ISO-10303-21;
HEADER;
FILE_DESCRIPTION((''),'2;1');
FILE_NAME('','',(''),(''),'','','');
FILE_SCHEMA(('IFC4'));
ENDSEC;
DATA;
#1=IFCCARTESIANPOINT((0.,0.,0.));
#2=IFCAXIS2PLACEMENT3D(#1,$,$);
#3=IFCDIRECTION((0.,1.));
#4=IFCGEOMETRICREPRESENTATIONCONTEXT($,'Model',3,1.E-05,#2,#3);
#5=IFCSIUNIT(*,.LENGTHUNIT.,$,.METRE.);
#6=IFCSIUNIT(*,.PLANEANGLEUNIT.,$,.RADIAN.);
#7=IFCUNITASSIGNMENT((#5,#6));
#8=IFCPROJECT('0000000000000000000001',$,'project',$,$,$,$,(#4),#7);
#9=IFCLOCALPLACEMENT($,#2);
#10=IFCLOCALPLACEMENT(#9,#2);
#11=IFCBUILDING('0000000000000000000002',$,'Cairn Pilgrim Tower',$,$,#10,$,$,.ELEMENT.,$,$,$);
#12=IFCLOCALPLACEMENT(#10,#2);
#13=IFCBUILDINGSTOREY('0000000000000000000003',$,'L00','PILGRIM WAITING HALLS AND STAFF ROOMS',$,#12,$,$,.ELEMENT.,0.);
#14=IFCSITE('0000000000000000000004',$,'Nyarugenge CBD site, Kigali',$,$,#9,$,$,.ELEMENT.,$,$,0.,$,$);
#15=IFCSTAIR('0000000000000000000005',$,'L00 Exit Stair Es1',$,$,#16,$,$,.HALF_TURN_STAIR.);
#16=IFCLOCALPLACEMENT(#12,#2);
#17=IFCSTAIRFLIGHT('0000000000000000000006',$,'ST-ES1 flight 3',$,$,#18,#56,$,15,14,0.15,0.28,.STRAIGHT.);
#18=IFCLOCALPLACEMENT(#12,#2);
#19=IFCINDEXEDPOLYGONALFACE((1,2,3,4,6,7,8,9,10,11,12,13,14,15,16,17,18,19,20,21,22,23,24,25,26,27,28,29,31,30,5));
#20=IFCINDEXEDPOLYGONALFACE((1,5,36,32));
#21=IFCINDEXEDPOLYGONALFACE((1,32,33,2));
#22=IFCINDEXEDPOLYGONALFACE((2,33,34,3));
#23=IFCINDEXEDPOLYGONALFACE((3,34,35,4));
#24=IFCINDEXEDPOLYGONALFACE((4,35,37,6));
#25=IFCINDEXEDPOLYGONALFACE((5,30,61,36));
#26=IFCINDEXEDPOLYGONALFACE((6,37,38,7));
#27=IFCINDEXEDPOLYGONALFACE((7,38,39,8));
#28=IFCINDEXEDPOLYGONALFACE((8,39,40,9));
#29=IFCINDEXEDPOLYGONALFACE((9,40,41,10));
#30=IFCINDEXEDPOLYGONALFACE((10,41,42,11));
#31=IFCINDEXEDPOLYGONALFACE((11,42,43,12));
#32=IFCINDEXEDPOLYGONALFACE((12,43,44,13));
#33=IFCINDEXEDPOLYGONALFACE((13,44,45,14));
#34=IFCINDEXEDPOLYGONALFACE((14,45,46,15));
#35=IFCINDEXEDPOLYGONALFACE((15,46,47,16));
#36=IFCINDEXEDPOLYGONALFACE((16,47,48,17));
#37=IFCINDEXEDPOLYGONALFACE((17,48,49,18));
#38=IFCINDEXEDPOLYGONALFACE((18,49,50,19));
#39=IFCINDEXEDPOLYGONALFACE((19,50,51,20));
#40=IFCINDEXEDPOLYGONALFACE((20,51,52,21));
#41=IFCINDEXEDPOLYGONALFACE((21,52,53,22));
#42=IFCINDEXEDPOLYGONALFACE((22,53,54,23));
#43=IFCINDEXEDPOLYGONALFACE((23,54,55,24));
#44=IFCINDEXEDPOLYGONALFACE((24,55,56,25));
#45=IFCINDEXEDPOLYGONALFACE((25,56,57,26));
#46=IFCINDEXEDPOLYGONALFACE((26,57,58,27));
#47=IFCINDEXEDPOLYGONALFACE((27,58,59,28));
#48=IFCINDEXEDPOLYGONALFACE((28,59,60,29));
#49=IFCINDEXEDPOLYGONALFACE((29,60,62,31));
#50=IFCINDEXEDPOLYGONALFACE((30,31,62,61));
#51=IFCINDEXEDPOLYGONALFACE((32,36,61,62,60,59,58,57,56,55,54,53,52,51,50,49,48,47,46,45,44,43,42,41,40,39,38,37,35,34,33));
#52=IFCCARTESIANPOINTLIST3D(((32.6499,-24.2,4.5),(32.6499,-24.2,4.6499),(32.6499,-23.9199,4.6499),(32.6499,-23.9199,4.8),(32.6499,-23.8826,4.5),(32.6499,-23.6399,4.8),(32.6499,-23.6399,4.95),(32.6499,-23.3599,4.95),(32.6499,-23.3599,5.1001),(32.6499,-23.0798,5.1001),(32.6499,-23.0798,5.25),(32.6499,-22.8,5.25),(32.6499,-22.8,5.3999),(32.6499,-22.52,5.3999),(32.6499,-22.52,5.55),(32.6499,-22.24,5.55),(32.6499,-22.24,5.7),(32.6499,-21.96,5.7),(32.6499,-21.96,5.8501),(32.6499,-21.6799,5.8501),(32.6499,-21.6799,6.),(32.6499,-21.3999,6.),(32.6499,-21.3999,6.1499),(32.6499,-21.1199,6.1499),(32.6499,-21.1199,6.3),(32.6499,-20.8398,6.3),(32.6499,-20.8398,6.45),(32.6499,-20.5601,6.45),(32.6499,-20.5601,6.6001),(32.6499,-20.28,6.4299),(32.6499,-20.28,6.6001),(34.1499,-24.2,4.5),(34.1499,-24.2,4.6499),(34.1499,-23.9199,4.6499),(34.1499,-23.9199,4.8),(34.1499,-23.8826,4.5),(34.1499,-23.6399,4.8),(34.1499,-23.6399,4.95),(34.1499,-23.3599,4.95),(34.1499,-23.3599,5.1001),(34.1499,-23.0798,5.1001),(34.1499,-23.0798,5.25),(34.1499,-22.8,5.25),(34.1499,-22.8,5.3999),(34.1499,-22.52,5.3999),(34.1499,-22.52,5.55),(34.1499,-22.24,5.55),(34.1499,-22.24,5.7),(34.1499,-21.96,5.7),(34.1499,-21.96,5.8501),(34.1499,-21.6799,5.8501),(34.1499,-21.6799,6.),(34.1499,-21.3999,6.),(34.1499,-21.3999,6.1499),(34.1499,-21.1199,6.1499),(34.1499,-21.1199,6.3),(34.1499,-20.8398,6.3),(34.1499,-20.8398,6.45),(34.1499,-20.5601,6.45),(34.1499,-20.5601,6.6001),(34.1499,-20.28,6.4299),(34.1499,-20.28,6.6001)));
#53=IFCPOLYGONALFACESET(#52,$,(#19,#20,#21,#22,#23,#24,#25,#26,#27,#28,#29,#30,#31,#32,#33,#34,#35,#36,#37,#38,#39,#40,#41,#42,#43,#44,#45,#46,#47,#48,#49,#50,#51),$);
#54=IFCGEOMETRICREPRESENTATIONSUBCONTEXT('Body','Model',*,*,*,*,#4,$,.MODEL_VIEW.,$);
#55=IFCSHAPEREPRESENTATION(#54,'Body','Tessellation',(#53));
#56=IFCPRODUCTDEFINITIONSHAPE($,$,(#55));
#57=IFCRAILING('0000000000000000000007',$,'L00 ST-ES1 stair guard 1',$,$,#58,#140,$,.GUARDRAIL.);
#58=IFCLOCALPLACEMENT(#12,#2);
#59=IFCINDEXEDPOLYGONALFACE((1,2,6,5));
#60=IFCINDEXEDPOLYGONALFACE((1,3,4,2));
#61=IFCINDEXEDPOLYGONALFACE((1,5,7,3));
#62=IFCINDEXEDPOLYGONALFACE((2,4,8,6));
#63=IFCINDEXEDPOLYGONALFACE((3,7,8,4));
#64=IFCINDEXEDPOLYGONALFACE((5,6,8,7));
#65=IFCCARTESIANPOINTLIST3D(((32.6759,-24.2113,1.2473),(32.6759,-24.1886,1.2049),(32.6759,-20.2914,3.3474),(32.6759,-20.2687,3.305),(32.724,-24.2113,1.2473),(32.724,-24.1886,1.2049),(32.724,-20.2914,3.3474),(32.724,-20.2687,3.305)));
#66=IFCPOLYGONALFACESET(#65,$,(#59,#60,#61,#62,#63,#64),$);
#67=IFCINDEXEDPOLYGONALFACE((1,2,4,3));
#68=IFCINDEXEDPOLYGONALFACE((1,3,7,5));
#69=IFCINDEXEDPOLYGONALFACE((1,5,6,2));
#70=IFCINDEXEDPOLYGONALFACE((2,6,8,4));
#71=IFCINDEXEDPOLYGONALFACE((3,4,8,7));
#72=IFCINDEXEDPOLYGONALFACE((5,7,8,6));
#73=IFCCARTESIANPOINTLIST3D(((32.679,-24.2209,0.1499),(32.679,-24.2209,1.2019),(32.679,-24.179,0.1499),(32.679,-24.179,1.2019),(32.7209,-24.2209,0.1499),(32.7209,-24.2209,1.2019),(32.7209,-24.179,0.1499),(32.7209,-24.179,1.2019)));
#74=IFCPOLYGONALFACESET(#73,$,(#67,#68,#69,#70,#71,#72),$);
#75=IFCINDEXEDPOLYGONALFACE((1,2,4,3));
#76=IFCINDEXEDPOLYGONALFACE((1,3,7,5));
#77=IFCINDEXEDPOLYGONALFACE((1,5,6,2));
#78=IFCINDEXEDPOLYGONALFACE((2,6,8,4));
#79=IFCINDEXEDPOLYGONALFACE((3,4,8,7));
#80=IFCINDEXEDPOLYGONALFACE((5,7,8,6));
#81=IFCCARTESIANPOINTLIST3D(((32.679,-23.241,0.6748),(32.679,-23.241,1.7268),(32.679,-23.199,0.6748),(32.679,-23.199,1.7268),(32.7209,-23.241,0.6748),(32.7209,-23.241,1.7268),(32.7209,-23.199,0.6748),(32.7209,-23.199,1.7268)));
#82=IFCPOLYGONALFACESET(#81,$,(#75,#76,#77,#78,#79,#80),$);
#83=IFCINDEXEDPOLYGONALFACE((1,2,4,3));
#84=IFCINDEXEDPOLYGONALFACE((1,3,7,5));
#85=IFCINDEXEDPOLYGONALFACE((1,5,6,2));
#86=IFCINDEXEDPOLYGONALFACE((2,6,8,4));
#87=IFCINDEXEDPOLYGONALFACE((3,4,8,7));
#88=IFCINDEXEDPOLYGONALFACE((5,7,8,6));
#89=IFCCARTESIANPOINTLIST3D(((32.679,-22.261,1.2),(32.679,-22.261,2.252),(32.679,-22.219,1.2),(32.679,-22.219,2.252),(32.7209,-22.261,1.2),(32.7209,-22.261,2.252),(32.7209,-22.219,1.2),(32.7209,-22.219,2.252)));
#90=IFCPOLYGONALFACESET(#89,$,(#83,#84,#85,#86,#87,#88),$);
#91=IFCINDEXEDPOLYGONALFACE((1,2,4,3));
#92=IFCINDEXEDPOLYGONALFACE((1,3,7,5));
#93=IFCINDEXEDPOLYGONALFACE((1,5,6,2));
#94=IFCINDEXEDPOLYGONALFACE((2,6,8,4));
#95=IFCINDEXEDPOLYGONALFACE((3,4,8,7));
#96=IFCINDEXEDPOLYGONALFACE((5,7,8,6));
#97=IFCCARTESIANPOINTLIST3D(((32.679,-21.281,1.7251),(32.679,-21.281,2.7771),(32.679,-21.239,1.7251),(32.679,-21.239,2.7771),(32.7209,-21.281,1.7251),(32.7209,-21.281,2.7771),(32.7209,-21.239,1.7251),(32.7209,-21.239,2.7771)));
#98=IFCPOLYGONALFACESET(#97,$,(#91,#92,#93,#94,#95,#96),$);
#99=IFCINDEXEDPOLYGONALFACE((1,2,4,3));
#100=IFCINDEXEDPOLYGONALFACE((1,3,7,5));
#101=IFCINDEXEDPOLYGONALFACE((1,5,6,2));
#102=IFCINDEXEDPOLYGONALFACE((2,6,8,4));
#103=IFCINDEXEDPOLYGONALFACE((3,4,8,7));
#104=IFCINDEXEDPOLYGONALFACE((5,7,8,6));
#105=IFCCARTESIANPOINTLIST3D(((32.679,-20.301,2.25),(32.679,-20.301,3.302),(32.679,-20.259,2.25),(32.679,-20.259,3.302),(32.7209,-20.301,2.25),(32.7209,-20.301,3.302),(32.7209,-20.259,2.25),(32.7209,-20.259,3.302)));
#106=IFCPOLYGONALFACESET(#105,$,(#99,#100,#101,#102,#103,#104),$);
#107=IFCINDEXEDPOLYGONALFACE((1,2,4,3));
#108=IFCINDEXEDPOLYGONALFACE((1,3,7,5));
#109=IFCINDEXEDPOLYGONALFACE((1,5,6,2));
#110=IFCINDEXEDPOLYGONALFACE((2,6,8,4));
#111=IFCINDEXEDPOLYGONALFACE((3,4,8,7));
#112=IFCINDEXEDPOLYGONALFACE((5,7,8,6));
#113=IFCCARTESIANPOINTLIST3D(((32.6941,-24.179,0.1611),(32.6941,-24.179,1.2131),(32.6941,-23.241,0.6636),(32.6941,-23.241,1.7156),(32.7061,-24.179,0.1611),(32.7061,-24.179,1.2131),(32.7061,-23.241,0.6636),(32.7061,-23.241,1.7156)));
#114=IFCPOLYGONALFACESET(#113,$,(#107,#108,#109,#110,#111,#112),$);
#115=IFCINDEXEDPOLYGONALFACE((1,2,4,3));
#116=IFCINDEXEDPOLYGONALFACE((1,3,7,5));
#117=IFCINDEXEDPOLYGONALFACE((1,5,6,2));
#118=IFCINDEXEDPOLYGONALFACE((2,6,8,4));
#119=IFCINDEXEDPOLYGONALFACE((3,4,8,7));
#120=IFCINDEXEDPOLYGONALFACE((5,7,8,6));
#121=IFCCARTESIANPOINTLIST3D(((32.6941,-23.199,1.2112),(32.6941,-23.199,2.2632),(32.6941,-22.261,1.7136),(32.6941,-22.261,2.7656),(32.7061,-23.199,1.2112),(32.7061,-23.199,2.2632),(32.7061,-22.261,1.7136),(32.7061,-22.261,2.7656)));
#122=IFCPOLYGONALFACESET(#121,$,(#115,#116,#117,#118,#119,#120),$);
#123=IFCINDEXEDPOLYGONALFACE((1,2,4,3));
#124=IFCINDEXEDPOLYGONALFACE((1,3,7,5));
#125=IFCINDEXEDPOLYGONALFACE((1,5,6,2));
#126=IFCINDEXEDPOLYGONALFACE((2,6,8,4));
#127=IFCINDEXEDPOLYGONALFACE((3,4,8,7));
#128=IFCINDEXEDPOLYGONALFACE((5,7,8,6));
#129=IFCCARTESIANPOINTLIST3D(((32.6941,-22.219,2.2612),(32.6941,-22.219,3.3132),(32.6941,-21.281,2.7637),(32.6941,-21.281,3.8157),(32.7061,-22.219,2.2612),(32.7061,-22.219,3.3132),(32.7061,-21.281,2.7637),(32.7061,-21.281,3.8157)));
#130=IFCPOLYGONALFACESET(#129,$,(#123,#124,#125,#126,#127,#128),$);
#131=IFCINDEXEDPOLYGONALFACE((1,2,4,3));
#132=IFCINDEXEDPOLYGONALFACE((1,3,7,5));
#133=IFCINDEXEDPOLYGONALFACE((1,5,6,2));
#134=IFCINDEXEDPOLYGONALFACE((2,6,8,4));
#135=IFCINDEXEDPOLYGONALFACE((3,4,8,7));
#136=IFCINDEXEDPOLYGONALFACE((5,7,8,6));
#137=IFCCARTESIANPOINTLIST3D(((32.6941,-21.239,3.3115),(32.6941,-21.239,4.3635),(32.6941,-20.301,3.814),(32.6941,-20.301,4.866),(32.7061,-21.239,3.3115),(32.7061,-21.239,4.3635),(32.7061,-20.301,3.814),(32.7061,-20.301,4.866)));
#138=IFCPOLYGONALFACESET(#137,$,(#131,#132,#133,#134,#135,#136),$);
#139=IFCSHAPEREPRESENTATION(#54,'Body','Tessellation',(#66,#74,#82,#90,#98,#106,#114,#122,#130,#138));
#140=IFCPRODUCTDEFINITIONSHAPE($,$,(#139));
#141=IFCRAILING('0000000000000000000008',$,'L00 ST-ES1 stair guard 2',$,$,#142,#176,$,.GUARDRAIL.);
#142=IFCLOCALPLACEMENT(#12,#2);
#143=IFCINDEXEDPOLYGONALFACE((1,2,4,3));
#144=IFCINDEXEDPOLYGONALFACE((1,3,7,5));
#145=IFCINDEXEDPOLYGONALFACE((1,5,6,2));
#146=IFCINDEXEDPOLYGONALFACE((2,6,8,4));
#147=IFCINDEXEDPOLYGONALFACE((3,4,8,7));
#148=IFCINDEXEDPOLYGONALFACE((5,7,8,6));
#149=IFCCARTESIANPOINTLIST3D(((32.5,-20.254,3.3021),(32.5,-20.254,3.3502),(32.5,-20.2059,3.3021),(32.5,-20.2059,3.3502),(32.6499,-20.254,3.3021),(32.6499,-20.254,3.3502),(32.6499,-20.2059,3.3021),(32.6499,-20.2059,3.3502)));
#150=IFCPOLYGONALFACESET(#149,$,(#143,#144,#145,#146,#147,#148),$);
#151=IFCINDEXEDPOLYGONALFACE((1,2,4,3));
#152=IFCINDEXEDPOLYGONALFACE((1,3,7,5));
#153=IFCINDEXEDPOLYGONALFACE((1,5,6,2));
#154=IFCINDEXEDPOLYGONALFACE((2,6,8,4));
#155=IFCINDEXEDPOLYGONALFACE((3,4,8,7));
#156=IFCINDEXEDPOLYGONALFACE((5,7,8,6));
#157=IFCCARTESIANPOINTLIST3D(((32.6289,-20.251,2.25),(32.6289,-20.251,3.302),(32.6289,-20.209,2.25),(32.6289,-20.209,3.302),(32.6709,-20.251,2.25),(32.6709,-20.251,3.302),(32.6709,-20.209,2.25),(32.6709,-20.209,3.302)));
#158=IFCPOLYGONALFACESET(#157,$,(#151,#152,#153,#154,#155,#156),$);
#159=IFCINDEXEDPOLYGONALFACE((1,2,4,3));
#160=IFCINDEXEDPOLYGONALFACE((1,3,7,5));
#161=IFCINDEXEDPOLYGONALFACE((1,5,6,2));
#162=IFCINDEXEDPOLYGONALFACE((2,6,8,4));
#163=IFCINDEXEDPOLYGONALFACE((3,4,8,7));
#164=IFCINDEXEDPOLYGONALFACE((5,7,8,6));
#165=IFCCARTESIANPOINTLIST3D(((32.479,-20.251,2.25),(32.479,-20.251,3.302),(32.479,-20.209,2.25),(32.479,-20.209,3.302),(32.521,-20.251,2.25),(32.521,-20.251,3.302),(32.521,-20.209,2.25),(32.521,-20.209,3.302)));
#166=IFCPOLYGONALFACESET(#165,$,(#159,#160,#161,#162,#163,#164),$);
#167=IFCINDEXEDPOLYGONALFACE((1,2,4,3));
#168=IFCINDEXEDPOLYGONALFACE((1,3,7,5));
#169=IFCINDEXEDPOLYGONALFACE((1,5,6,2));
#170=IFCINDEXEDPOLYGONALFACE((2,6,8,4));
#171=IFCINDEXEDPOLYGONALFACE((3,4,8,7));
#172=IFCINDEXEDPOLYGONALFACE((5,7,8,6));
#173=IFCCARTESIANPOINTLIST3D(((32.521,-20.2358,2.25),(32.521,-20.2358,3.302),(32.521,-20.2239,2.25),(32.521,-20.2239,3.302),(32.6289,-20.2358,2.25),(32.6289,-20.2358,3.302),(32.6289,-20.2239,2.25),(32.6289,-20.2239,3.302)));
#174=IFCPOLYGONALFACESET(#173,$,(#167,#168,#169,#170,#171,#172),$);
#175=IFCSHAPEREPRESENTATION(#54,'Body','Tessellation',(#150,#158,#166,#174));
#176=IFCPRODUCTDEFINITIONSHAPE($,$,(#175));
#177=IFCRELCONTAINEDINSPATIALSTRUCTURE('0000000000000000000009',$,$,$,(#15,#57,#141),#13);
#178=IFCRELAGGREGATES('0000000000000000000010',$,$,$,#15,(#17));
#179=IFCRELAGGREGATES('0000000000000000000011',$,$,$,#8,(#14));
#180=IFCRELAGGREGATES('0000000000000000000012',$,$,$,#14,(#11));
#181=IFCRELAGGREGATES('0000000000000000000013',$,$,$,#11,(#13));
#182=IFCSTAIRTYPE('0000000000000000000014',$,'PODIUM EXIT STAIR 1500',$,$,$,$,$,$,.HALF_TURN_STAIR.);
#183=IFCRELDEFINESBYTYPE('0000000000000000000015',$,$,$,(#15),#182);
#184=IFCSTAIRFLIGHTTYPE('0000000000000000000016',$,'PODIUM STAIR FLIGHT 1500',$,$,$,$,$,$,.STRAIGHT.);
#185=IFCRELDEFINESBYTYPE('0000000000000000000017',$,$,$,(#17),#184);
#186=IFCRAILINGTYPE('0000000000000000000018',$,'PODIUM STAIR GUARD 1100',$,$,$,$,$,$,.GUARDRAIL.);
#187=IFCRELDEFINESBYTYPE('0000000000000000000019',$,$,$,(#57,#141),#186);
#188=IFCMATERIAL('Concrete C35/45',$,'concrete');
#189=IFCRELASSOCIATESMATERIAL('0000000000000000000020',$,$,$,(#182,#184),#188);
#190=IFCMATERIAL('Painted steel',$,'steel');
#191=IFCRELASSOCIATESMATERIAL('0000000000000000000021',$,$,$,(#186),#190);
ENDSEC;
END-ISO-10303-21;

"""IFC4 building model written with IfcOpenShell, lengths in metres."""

from ifc_helpers import new_model, si_unit, direction, frame, origin, origin_2d, place, context, subcontext, project, spatial, polyline, rectangle, outline, extrude, material, type_object, element, aggregate, save


model = new_model("IFC4")

# Units and contexts
model_context = context("Model", 3, precision=1e-05, world=origin(), true_north=direction((0.0, 1.0)))
body_context = subcontext(model_context, "Body", "Model", "MODEL_VIEW")
ifc_project = project(units=[si_unit("LENGTHUNIT", "METRE"), si_unit("PLANEANGLEUNIT", "RADIAN")], contexts=[model_context])

# Site, building, storey
site_placement = place(None, origin())
site = spatial("IfcSite", under=ifc_project, at=site_placement, Name="Nyarugenge CBD site, Kigali", CompositionType="ELEMENT", RefElevation=0.0)
building_placement = place(site_placement, origin())
building = spatial("IfcBuilding", under=site, at=building_placement, Name="Cairn Pilgrim Tower", CompositionType="ELEMENT")
storey_placement = place(building_placement, origin())
storey = spatial("IfcBuildingStorey", under=building, at=storey_placement, Name="L00", Description="PILGRIM WAITING HALLS AND STAFF ROOMS", CompositionType="ELEMENT", Elevation=0.0)

# Shared definitions
ifc_material_1 = material(Name="Concrete C35/45", Category="concrete")

# Stair, stair flight
stair_type = type_object("IfcStairType", Name="PODIUM EXIT STAIR 1500", PredefinedType="HALF_TURN_STAIR", material=ifc_material_1)
stair_placement = place(storey_placement, origin())
stair = element("IfcStair", 1, at=stair_placement, inside=storey, type_object=stair_type, Name="L00 Exit Stair Es1", PredefinedType="HALF_TURN_STAIR")
stair_flight_type = type_object("IfcStairFlightType", Name="PODIUM STAIR FLIGHT 1500", PredefinedType="STRAIGHT", material=ifc_material_1)
stair_flight_1_placement = place(storey_placement, frame((33.3999, -24.2, 4.5), z_axis=(0.0, 0.0, 1.0), x_axis=(0.0, 1.0, 0.0)))
stair_flight_1 = element("IfcStairFlight", 2, at=stair_flight_1_placement, type_object=stair_flight_type, Name="ST-ES1 flight 3", NumberOfRisers=15, NumberOfTreads=14, PredefinedType="STRAIGHT", RiserHeight=0.15, TreadLength=0.28, context=body_context, shape_type="SweptSolid", body=[
    extrude(outline(polyline([(0.0, 0.0), (0.0, 0.1499), (0.28, 0.1499), (0.28, 0.3), (0.5601, 0.3), (0.5601, 0.45), (0.8401, 0.45), (0.8401, 0.6001), (1.1201, 0.6001), (1.1201, 0.75), (1.3999, 0.75), (1.3999, 0.8999), (1.6799, 0.8999), (1.6799, 1.05), (1.96, 1.05), (1.96, 1.2), (2.24, 1.2), (2.24, 1.3501), (2.52, 1.3501), (2.52, 1.5), (2.8, 1.5), (2.8, 1.6499), (3.0801, 1.6499), (3.0801, 1.8), (3.3601, 1.8), (3.3601, 1.95), (3.6399, 1.95), (3.6399, 2.1001), (3.9199, 2.1001), (3.9199, 2.25), (3.9199, 1.9299), (0.3174, 0.0), (0.0, 0.0)])), frame((0.0, 0.75, 0.0), z_axis=(0.0, -1.0, 0.0), x_axis=(1.0, 0.0, 0.0)), (0.0, 0.0, 1.0), 1.5),
])
aggregate(stair, [stair_flight_1])

# Railings
ifc_material_2 = material(Name="Painted steel", Category="steel")
railing_type_1 = type_object("IfcRailingType", Name="PODIUM STAIR GUARD 1100", PredefinedType="GUARDRAIL", material=ifc_material_2)
railing_1_placement = place(storey_placement, frame((32.7, -24.2, 0.1499)))
element("IfcRailing", 3, at=railing_1_placement, inside=storey, type_object=railing_type_1, Name="L00 ST-ES1 stair guard 1", PredefinedType="GUARDRAIL", context=body_context, shape_type="SweptSolid", body=[
    extrude(rectangle(XDim=0.0481, YDim=0.0481, at=origin_2d()), frame((0.0, 0.0, 1.0762), z_axis=(0.0, 0.881467, 0.472246), x_axis=(-1.0, 0.0, 0.0)), (0.0, 0.0, 1.0), 4.447),
    extrude(rectangle(XDim=0.042, YDim=0.042, at=origin_2d()), origin(), (0.0, 0.0, 1.0), 1.052),
    extrude(rectangle(XDim=0.042, YDim=0.042, at=origin_2d()), frame((0.0, 0.98, 0.5249)), (0.0, 0.0, 1.0), 1.052),
    extrude(rectangle(XDim=0.042, YDim=0.042, at=origin_2d()), frame((0.0, 1.96, 1.05)), (0.0, 0.0, 1.0), 1.052),
    extrude(rectangle(XDim=0.042, YDim=0.042, at=origin_2d()), frame((0.0, 2.9399, 1.5752)), (0.0, 0.0, 1.0), 1.052),
    extrude(rectangle(XDim=0.042, YDim=0.042, at=origin_2d()), frame((0.0, 3.9199, 2.1001)), (0.0, 0.0, 1.0), 1.052),
    extrude(outline(polyline([(0.021, 0.0112), (0.959, 0.5137), (0.959, 1.5657), (0.021, 1.0632), (0.021, 0.0112)])), frame((-0.0059, 0.0, 0.0), z_axis=(1.0, 0.0, 0.0), x_axis=(0.0, 1.0, 0.0)), (0.0, 0.0, 1.0), 0.012),
    extrude(outline(polyline([(0.021, 0.5364), (0.959, 1.0388), (0.959, 2.0908), (0.021, 1.5884), (0.021, 0.5364)])), frame((-0.0059, 0.98, 0.5249), z_axis=(1.0, 0.0, 0.0), x_axis=(0.0, 1.0, 0.0)), (0.0, 0.0, 1.0), 0.012),
    extrude(outline(polyline([(0.021, 1.0613), (0.959, 1.5637), (0.959, 2.6157), (0.021, 2.1133), (0.021, 1.0613)])), frame((-0.0059, 1.96, 1.05), z_axis=(1.0, 0.0, 0.0), x_axis=(0.0, 1.0, 0.0)), (0.0, 0.0, 1.0), 0.012),
    extrude(outline(polyline([(0.021, 1.5864), (0.959, 2.0889), (0.959, 3.1409), (0.021, 2.6384), (0.021, 1.5864)])), frame((-0.0059, 2.9399, 1.5752), z_axis=(1.0, 0.0, 0.0), x_axis=(0.0, 1.0, 0.0)), (0.0, 0.0, 1.0), 0.012),
])
railing_2_placement = place(storey_placement, frame((32.6499, -20.23, 2.25)))
element("IfcRailing", 4, at=railing_2_placement, inside=storey, type_object=railing_type_1, Name="L00 ST-ES1 stair guard 2", PredefinedType="GUARDRAIL", context=body_context, shape_type="SweptSolid", body=[
    extrude(rectangle(XDim=0.0481, YDim=0.0481, at=origin_2d()), frame((0.0, 0.0, 1.0762), z_axis=(-1.0, 0.0, 0.0), x_axis=(0.0, -1.0, 0.0)), (0.0, 0.0, 1.0), 0.1499),
    extrude(rectangle(XDim=0.042, YDim=0.042, at=origin_2d()), origin(), (0.0, 0.0, 1.0), 1.052),
    extrude(rectangle(XDim=0.042, YDim=0.042, at=origin_2d()), frame((-0.1499, 0.0, 0.0)), (0.0, 0.0, 1.0), 1.052),
    extrude(outline(polyline([(0.021, 0.0), (0.1289, 0.0), (0.1289, 1.052), (0.021, 1.052), (0.021, 0.0)])), frame((0.0, -0.0059, 0.0), z_axis=(0.0, 1.0, 0.0), x_axis=(-1.0, 0.0, 0.0)), (0.0, 0.0, 1.0), 0.012),
])

save(model, "model.ifc")
